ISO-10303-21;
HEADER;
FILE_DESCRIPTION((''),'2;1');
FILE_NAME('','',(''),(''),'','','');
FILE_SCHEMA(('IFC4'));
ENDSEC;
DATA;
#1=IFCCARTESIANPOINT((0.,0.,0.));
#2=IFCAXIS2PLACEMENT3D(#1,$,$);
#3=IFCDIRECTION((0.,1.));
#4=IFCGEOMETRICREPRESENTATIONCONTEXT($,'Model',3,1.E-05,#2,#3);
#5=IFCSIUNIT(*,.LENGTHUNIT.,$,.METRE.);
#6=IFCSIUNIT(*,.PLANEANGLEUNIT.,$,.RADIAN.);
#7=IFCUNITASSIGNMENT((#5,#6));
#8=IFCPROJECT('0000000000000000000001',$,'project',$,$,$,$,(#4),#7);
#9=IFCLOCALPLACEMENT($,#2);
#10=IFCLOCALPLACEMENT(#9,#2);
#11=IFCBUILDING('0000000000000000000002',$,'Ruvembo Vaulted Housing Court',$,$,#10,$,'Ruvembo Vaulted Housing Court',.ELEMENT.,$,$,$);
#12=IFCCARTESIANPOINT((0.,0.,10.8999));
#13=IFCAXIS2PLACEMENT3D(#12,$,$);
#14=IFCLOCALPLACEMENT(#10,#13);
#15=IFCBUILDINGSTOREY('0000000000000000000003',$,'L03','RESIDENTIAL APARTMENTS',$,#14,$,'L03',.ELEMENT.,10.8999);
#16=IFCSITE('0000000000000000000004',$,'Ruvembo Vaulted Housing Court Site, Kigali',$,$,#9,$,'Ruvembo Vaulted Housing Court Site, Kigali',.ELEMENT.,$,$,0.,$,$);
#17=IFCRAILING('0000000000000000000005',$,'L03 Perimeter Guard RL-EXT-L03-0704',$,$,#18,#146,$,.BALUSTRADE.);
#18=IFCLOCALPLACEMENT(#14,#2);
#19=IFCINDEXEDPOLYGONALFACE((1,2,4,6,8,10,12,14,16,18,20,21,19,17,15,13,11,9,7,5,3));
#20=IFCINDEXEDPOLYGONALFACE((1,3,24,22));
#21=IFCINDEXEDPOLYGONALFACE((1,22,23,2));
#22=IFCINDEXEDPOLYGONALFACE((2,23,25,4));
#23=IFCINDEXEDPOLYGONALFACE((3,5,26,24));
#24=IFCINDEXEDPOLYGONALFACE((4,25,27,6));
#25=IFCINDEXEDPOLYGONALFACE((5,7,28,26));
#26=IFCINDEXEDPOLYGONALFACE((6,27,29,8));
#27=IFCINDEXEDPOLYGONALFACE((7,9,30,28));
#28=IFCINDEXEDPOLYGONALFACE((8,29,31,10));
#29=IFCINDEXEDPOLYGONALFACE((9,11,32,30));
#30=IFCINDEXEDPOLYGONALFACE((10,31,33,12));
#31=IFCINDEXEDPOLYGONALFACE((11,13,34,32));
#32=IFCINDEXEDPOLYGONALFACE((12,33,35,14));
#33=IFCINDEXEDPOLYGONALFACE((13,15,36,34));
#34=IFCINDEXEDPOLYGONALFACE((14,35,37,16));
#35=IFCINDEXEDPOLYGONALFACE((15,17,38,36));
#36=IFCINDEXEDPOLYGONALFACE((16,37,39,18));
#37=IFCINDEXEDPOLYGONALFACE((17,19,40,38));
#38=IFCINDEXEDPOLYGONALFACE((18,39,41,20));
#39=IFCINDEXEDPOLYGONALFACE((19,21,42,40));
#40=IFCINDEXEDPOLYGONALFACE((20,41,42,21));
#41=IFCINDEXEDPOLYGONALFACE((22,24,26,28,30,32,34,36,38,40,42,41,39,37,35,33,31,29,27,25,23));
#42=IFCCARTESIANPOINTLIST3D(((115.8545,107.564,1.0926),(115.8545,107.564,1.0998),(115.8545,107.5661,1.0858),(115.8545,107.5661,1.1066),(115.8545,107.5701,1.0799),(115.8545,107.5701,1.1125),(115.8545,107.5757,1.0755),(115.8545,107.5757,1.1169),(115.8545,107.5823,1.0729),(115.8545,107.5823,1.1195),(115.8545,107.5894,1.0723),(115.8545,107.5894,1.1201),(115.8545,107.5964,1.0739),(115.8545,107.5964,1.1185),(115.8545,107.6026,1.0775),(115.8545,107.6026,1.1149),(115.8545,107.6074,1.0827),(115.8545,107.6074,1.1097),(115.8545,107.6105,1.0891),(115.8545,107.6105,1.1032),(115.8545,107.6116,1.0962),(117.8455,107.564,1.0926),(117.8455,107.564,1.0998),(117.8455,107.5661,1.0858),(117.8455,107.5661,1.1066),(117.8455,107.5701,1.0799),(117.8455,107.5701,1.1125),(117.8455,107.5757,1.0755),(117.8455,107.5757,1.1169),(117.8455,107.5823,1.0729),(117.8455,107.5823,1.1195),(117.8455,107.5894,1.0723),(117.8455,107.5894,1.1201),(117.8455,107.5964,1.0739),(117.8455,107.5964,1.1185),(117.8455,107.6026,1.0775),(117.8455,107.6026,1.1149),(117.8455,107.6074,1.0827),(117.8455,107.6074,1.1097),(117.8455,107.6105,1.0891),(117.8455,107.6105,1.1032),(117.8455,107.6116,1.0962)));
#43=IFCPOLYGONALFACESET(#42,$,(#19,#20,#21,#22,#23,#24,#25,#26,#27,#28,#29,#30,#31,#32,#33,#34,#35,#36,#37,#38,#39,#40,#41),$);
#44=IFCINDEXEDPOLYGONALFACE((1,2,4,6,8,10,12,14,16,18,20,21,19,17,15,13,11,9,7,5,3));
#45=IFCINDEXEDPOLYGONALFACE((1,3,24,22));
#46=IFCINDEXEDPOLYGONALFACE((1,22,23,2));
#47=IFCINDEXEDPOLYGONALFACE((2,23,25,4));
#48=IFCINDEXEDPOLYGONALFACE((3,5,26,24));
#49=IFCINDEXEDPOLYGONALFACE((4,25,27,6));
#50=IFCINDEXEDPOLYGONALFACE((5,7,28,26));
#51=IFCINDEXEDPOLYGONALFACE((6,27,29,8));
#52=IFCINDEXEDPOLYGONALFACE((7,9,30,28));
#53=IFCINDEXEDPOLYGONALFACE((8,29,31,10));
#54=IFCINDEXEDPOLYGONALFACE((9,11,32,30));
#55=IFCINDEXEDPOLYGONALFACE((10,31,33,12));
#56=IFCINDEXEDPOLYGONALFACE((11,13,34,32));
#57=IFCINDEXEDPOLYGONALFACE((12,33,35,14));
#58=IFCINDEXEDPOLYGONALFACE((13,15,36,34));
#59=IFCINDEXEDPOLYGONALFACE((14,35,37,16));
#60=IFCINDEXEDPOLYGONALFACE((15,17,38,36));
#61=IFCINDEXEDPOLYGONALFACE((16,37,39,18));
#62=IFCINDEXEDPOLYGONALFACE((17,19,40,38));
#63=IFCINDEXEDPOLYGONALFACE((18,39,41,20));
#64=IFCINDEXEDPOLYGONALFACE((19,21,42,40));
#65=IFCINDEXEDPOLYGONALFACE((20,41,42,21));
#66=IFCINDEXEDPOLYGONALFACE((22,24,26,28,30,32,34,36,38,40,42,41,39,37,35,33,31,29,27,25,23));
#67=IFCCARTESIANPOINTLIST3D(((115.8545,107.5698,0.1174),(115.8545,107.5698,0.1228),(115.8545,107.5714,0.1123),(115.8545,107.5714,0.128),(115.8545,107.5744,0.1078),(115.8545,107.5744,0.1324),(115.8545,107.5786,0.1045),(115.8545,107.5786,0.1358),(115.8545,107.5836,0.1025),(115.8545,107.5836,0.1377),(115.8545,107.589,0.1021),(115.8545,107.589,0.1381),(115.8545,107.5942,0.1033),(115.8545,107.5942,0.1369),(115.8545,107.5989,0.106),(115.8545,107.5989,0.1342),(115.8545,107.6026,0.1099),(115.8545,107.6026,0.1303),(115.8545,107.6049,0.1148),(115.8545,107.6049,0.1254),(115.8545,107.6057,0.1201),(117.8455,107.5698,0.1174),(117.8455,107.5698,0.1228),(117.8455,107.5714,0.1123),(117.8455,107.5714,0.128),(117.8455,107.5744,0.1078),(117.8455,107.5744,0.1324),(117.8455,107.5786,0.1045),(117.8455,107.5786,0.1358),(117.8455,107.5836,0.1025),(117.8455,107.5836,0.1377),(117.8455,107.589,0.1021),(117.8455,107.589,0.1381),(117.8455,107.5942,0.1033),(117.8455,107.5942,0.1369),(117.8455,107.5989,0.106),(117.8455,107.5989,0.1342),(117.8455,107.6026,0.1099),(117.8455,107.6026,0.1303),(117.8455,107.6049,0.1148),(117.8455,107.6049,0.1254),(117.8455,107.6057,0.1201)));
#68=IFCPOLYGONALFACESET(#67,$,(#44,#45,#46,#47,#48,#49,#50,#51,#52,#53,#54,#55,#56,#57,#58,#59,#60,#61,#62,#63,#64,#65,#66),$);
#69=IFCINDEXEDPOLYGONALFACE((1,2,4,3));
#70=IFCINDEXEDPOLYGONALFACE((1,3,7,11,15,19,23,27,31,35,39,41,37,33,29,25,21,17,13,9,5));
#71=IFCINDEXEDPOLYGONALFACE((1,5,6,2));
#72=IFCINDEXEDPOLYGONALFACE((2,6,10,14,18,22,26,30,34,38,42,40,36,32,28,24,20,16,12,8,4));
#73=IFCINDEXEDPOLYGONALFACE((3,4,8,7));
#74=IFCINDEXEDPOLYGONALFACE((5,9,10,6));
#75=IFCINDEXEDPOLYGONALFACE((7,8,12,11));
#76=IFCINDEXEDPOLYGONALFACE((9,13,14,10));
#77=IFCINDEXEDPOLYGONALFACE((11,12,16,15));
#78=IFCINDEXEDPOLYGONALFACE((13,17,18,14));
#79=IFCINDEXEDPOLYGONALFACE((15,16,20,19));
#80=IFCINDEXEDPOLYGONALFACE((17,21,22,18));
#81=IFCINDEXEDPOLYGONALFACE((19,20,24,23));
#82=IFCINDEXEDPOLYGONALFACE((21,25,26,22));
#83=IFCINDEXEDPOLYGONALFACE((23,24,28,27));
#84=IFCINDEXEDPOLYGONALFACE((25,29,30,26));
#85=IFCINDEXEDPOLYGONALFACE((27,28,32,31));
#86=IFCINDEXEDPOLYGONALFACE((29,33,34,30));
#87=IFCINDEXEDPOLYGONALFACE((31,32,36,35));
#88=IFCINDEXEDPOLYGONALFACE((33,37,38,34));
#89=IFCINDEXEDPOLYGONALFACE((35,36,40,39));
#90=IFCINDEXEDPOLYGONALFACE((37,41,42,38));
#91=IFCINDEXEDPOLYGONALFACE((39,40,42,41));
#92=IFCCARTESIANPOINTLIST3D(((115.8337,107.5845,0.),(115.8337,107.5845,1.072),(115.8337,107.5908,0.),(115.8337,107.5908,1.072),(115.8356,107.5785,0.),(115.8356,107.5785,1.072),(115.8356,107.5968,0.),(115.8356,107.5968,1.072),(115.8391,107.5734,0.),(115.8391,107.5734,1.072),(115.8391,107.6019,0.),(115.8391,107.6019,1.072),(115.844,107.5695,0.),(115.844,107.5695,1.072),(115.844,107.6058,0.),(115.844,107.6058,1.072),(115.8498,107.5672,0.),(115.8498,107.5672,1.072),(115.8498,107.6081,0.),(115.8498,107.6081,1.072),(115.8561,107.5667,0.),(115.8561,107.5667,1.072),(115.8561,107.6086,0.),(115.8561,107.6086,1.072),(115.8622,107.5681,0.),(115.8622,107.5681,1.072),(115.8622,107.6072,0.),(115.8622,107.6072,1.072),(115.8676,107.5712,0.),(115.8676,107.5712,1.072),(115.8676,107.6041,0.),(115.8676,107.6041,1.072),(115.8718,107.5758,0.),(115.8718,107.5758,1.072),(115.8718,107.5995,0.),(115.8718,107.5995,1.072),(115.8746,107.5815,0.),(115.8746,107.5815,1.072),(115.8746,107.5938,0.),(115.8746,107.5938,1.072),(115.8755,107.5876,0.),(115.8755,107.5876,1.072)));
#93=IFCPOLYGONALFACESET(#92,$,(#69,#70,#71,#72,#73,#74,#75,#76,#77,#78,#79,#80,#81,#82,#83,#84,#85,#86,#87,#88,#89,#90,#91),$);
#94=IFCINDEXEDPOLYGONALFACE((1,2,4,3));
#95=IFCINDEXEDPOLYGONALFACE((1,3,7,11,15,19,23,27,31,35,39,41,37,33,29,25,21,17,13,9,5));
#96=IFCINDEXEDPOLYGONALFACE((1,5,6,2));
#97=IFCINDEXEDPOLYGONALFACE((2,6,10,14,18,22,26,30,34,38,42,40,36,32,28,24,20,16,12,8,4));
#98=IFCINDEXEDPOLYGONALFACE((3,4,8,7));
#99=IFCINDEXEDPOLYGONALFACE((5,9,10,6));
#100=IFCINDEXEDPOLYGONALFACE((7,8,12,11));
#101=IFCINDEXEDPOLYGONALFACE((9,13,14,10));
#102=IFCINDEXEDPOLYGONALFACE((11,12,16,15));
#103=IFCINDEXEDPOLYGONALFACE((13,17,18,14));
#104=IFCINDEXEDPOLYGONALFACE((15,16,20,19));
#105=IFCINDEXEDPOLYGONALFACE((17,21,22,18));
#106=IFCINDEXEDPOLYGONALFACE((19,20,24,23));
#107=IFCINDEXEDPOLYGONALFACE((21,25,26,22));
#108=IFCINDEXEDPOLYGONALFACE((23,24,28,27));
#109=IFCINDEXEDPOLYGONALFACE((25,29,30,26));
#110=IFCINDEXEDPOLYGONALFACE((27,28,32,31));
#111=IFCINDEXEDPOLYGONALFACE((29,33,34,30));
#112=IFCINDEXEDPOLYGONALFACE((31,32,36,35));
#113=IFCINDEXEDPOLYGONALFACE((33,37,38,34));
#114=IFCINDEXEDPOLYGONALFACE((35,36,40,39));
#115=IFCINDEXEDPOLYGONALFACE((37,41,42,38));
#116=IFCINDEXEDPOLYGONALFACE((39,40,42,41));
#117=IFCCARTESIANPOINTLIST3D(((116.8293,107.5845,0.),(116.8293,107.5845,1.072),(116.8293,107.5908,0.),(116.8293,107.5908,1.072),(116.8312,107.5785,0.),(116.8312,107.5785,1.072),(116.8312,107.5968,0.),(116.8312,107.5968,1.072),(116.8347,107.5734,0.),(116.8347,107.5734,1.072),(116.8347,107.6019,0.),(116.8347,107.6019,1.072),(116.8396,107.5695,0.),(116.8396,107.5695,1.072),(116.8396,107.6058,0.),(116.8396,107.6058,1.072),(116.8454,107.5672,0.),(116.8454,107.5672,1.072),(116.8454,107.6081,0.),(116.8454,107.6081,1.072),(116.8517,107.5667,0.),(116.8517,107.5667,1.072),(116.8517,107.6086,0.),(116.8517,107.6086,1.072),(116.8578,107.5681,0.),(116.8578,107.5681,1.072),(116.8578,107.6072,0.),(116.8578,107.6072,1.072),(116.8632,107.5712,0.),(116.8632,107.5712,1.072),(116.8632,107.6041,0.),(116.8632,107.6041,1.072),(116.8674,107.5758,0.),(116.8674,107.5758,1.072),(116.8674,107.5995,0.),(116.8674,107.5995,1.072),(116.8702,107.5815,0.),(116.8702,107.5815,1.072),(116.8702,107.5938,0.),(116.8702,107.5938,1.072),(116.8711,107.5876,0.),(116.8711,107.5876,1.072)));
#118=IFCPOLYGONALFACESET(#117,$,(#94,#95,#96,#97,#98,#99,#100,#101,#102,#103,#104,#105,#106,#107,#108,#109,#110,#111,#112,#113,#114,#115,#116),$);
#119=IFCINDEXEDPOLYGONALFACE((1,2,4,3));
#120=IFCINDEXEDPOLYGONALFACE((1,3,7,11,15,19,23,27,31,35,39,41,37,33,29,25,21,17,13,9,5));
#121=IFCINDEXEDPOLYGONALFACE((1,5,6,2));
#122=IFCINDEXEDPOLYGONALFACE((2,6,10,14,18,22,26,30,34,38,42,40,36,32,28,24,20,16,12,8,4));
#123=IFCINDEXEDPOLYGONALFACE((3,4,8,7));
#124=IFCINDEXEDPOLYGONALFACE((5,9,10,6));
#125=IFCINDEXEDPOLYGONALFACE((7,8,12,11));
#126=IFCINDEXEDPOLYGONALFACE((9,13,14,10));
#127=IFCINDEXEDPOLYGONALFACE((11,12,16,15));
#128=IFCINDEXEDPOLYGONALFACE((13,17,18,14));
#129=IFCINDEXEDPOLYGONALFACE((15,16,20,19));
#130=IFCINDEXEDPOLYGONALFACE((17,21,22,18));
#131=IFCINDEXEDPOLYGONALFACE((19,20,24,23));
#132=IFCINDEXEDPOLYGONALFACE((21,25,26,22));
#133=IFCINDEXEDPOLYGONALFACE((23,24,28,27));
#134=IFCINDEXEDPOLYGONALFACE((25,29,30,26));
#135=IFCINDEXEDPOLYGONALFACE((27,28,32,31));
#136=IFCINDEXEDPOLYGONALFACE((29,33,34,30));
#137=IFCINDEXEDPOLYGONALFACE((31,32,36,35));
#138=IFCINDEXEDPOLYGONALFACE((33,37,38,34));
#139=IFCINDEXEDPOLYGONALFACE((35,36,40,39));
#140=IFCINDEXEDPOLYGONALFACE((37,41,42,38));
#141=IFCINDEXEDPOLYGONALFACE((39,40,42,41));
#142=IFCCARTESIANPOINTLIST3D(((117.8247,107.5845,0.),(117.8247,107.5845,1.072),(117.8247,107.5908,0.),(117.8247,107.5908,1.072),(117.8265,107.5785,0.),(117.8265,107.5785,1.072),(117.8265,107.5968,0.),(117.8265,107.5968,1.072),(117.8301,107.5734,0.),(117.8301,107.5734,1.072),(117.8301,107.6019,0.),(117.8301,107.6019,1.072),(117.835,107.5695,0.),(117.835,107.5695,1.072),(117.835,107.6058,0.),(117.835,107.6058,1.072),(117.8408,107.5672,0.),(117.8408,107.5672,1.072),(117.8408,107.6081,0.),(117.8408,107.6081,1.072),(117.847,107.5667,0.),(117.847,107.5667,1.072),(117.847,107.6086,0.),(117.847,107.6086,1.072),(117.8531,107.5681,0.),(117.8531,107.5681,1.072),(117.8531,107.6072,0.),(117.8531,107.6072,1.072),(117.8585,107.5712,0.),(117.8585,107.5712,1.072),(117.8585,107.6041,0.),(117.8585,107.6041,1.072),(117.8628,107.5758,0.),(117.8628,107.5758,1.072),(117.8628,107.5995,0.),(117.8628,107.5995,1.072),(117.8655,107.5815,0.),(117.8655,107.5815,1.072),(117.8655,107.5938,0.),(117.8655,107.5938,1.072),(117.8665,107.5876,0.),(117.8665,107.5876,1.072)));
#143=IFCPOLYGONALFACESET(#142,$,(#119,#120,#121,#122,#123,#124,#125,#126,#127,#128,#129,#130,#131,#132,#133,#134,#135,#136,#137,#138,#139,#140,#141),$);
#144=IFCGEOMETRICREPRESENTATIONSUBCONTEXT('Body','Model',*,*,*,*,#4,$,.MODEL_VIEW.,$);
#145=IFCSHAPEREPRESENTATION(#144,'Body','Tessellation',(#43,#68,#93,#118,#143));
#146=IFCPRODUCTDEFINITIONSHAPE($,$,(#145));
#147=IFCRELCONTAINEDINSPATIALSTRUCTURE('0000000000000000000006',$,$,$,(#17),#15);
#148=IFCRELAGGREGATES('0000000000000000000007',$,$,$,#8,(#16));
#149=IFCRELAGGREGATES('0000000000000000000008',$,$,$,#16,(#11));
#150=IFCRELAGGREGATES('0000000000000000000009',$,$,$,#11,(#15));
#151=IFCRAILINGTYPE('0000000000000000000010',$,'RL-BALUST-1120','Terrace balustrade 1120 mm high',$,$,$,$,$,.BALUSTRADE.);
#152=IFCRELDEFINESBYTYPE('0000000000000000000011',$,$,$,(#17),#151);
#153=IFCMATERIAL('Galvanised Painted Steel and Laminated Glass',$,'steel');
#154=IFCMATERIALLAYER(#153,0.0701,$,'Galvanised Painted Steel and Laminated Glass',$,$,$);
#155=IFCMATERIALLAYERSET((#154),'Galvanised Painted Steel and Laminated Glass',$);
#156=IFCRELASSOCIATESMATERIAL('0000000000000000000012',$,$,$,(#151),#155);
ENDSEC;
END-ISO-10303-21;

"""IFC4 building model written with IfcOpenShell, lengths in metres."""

from ifc_helpers import new_model, si_unit, direction, frame, origin, origin_2d, place, context, subcontext, project, spatial, circle, extrude, material, layer, layer_set, type_object, element, save


model = new_model("IFC4")

# Units and contexts
model_context = context("Model", 3, precision=1e-05, world=origin(), true_north=direction((0.0, 1.0)))
body_context = subcontext(model_context, "Body", "Model", "MODEL_VIEW")
ifc_project = project(units=[si_unit("LENGTHUNIT", "METRE"), si_unit("PLANEANGLEUNIT", "RADIAN")], contexts=[model_context])

# Site, building, storey
site_placement = place(None, origin())
site = spatial("IfcSite", under=ifc_project, at=site_placement, Name="Ruvembo Vaulted Housing Court Site, Kigali", LongName="Ruvembo Vaulted Housing Court Site, Kigali", CompositionType="ELEMENT", RefElevation=0.0)
building_placement = place(site_placement, origin())
building = spatial("IfcBuilding", under=site, at=building_placement, Name="Ruvembo Vaulted Housing Court", LongName="Ruvembo Vaulted Housing Court", CompositionType="ELEMENT")
storey_placement = place(building_placement, frame((0.0, 0.0, 10.8999)))
storey = spatial("IfcBuildingStorey", under=building, at=storey_placement, Name="L03", Description="RESIDENTIAL APARTMENTS", LongName="L03", CompositionType="ELEMENT", Elevation=10.8999)

# Railing
ifc_material_1 = material(Name="Galvanised Painted Steel and Laminated Glass", Category="steel")
ifc_layer_1 = layer(ifc_material_1, 0.0701, Name="Galvanised Painted Steel and Laminated Glass")
ifc_layer_set_1 = layer_set([ifc_layer_1], Name="Galvanised Painted Steel and Laminated Glass")
railing_type = type_object("IfcRailingType", Name="RL-BALUST-1120", Description="Terrace balustrade 1120 mm high", PredefinedType="BALUSTRADE", material=ifc_layer_set_1)
railing_1_placement = place(storey_placement, frame((115.8545, 107.5876, 0.0)))
element("IfcRailing", 1, at=railing_1_placement, inside=storey, type_object=railing_type, Name="L03 Perimeter Guard RL-EXT-L03-0704", PredefinedType="BALUSTRADE", context=body_context, shape_type="SweptSolid", body=[
    extrude(circle(Radius=0.0239, at=origin_2d()), frame((0.0, 0.0, 1.0962), z_axis=(1.0, 0.0, 0.0), x_axis=(0.0, 1.0, 0.0)), (0.0, 0.0, 1.0), 1.991),
    extrude(circle(Radius=0.0181, at=origin_2d()), frame((0.0, 0.0, 0.1201), z_axis=(1.0, 0.0, 0.0), x_axis=(0.0, 1.0, 0.0)), (0.0, 0.0, 1.0), 1.991),
    extrude(circle(Radius=0.021, at=origin_2d()), origin(), (0.0, 0.0, 1.0), 1.072),
    extrude(circle(Radius=0.021, at=origin_2d()), frame((0.9956, 0.0, 0.0)), (0.0, 0.0, 1.0), 1.072),
    extrude(circle(Radius=0.021, at=origin_2d()), frame((1.991, 0.0, 0.0)), (0.0, 0.0, 1.0), 1.072),
])

save(model, "model.ifc")
